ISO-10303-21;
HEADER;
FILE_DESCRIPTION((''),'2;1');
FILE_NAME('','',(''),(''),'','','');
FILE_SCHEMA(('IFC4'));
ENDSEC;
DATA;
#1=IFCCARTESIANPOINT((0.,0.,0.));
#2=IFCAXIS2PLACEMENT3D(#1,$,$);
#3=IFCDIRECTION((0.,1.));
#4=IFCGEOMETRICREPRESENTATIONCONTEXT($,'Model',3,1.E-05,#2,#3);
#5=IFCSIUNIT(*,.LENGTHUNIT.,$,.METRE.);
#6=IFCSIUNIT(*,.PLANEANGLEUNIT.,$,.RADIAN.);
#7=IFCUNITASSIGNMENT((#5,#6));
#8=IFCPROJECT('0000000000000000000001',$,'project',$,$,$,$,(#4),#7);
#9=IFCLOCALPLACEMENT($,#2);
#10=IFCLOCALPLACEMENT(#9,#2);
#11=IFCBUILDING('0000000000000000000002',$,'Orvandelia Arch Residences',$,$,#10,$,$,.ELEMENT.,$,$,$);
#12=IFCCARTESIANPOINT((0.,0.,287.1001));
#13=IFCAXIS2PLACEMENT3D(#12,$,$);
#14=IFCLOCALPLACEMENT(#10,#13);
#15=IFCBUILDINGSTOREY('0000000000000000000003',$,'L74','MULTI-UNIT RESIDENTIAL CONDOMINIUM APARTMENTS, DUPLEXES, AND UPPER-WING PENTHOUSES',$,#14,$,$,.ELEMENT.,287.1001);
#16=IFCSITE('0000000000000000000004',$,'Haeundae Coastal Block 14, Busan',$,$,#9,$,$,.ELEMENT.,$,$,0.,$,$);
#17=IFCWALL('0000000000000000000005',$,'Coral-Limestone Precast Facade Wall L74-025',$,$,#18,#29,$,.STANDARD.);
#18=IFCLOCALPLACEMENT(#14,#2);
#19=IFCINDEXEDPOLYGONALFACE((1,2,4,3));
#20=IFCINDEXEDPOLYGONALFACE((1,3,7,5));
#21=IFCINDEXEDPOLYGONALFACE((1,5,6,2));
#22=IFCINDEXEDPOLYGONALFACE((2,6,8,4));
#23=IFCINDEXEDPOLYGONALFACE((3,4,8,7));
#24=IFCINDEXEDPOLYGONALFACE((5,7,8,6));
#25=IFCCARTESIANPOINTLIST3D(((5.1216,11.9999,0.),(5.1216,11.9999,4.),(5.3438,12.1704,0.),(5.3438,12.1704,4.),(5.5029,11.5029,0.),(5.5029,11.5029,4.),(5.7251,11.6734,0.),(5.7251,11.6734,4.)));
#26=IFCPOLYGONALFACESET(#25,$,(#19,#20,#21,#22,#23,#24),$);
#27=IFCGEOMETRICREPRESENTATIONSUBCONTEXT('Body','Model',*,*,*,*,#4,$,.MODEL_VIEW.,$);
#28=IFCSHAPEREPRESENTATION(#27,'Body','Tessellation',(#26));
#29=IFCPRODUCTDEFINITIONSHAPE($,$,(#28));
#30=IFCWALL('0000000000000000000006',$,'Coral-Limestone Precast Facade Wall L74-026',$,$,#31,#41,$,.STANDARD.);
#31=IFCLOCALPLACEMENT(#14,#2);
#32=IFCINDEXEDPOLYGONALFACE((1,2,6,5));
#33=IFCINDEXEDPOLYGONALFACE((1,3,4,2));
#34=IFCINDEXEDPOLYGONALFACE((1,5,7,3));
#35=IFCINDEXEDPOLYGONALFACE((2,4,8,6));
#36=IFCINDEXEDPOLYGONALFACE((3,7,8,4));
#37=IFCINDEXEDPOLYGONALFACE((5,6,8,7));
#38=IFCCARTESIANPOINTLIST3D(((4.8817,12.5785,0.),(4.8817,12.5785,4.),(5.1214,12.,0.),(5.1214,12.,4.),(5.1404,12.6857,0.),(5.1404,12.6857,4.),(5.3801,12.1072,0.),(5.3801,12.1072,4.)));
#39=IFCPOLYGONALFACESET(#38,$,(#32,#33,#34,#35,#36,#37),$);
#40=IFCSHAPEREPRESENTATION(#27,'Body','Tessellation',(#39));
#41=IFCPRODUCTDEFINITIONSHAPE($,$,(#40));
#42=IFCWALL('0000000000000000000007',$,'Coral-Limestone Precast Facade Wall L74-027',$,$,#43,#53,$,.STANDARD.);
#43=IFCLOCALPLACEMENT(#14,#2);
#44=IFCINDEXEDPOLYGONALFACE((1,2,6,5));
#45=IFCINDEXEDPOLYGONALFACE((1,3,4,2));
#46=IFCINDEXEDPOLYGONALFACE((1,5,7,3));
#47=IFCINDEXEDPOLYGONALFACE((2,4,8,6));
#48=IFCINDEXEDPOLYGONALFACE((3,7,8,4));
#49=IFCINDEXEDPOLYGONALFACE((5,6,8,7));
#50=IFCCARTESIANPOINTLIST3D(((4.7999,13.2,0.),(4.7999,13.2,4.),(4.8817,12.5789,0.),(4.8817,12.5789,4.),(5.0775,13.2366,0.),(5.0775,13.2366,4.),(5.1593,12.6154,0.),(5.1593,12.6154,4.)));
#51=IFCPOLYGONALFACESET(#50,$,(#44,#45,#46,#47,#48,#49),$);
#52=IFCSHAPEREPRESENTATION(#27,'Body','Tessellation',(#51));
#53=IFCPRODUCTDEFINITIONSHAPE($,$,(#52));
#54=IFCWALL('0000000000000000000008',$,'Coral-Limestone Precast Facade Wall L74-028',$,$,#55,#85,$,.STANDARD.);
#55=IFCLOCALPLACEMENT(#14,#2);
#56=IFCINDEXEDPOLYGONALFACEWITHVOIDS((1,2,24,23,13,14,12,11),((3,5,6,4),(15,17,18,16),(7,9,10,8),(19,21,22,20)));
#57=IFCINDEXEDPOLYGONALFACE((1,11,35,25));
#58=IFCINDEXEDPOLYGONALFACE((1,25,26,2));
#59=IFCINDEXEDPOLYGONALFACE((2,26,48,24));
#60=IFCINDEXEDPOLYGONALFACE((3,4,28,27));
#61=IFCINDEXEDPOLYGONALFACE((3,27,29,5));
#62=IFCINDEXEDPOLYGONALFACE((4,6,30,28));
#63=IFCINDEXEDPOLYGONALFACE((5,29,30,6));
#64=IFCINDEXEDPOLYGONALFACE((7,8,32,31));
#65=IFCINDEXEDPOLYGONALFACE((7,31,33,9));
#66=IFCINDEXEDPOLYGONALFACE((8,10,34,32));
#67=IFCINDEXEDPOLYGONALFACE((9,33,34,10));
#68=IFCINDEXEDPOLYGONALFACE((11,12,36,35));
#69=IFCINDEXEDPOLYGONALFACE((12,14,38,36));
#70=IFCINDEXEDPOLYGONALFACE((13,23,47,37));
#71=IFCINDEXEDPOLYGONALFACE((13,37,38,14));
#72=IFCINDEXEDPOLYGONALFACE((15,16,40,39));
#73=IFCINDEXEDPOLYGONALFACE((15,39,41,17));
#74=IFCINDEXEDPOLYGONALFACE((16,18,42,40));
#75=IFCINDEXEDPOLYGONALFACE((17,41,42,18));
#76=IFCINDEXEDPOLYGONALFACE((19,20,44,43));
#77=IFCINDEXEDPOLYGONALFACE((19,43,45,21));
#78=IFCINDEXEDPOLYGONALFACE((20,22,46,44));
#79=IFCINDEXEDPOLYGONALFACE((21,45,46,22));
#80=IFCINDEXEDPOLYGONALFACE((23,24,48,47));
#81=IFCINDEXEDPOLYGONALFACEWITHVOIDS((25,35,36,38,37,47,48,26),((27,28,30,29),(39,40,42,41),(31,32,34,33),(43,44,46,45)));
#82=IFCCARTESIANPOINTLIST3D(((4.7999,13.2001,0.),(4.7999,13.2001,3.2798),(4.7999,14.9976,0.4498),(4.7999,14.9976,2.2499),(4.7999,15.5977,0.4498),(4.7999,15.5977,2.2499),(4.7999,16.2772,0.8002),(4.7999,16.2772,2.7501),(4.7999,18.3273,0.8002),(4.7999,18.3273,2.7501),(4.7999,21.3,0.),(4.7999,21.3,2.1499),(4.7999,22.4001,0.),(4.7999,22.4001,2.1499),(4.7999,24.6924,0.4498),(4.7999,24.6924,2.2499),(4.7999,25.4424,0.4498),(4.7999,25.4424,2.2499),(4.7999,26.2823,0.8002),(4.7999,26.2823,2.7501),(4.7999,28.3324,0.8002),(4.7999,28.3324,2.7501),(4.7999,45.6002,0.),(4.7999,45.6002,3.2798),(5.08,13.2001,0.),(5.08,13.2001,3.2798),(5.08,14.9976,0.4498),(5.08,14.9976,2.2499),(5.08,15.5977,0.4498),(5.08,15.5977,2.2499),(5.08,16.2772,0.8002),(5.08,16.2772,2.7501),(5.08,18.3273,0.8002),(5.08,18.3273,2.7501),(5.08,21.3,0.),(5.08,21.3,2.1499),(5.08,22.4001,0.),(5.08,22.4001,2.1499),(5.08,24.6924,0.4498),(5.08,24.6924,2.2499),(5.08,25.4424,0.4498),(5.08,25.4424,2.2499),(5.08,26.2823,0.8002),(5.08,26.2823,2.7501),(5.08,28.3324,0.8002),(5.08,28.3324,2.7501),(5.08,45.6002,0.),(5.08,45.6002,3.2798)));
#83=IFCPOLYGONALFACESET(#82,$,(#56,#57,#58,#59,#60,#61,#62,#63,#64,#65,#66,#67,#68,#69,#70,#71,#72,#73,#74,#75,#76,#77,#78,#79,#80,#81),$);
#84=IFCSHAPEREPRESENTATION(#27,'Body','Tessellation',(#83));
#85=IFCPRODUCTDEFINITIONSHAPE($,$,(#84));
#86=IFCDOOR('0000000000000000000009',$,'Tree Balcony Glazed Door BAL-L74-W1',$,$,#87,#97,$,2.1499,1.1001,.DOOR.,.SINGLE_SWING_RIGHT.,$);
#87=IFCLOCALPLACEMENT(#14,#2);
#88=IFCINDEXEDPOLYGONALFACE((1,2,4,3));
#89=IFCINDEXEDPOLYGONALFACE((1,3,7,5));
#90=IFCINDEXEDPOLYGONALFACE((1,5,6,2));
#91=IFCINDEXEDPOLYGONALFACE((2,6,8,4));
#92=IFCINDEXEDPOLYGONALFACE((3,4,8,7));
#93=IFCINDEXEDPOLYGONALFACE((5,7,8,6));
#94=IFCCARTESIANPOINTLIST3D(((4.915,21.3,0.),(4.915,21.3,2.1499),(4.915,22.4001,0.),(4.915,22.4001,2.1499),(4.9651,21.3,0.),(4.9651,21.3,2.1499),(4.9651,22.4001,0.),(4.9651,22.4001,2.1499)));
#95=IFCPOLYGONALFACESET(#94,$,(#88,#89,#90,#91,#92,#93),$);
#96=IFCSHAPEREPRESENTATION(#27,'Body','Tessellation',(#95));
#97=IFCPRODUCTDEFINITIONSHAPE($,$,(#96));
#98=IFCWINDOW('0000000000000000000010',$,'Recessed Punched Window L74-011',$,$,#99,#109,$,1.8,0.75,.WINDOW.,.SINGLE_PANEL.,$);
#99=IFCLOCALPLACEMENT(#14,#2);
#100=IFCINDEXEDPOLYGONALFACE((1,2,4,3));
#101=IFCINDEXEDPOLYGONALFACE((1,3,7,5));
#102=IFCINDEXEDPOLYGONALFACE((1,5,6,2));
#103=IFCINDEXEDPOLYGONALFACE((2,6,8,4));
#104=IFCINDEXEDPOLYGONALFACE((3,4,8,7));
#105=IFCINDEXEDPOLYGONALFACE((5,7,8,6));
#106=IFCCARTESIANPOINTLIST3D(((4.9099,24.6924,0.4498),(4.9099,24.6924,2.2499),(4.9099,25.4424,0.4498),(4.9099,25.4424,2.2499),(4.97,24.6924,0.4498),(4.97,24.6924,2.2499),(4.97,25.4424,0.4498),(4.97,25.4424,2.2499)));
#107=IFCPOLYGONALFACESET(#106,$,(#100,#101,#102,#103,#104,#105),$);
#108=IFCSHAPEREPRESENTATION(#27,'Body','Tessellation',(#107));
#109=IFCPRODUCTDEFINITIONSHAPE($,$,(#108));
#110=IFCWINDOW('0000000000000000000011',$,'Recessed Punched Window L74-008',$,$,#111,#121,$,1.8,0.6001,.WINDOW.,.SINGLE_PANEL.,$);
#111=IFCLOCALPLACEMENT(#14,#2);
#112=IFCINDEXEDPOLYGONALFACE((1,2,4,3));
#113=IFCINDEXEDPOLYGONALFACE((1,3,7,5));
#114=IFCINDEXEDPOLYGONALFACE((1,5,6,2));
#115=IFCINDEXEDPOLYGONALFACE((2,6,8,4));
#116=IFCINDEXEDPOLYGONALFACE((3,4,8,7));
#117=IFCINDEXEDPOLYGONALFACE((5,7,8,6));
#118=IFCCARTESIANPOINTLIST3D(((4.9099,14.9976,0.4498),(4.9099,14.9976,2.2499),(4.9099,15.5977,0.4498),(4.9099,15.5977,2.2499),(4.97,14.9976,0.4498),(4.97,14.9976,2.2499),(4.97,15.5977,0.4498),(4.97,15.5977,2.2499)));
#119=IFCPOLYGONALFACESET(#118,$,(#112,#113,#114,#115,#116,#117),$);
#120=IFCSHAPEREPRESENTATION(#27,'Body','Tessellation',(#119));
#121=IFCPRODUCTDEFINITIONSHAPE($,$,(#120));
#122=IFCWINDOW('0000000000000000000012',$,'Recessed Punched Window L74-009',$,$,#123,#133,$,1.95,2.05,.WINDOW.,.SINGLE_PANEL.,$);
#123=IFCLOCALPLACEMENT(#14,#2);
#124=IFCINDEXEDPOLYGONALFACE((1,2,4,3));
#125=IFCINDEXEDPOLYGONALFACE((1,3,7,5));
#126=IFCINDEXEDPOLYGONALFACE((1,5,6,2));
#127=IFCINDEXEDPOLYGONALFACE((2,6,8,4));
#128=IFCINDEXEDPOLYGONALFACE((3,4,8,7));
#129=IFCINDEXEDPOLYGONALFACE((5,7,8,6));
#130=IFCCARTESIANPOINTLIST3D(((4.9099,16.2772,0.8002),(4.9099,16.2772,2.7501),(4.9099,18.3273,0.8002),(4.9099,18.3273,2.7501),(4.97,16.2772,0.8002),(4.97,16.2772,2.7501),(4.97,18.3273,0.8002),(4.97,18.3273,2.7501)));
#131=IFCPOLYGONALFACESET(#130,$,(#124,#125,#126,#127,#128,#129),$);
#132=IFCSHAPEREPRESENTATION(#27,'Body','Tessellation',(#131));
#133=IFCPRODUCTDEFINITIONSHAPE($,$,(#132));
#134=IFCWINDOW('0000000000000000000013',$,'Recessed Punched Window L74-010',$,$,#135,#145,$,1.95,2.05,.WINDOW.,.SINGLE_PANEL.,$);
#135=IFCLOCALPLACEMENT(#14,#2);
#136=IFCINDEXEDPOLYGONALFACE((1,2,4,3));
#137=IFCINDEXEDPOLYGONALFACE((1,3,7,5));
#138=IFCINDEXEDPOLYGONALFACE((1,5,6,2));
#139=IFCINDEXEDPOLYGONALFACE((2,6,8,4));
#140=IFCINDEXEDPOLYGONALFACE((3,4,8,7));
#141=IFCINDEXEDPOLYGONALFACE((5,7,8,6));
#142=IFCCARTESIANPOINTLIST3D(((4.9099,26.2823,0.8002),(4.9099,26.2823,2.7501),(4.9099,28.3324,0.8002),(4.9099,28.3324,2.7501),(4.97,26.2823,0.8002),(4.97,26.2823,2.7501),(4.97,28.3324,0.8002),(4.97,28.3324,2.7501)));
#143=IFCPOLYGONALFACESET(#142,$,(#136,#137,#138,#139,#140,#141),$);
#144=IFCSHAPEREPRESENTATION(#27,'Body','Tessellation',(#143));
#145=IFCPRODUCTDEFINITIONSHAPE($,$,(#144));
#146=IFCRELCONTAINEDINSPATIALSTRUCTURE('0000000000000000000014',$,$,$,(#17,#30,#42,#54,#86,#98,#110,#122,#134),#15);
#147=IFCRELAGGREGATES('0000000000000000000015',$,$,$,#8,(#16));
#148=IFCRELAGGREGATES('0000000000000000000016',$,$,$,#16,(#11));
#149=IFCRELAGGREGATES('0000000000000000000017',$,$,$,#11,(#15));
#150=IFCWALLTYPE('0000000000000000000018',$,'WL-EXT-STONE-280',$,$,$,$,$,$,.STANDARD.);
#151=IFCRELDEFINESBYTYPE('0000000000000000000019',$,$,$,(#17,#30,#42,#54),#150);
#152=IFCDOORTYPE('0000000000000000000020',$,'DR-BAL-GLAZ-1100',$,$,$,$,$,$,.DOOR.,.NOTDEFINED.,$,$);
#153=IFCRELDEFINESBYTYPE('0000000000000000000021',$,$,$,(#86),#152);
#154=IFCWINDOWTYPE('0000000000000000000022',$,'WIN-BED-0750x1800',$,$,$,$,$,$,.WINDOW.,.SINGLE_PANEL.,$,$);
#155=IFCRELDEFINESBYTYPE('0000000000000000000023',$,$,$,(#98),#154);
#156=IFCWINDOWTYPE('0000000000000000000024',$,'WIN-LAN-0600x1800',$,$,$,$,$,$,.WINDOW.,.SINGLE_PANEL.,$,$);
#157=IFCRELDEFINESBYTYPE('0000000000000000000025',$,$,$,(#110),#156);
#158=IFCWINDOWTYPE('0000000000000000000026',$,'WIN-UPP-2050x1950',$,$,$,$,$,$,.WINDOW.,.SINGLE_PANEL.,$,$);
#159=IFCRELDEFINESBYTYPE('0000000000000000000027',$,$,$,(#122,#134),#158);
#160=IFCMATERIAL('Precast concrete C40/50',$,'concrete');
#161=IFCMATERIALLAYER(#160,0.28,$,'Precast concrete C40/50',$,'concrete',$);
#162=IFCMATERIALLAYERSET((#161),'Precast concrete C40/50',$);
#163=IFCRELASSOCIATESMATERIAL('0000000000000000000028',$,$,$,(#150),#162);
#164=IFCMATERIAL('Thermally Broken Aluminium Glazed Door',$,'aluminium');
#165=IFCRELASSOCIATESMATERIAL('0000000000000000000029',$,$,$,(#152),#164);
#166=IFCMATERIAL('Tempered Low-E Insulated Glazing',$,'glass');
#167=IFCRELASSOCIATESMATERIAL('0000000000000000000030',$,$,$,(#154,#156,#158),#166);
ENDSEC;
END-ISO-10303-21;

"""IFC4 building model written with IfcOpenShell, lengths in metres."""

from ifc_helpers import new_model, si_unit, direction, frame, frame_2d, origin, place, context, subcontext, project, spatial, rectangle, extrude, material, layer, layer_set, type_object, element, fill, save


model = new_model("IFC4")

# Units and contexts
model_context = context("Model", 3, precision=1e-05, world=origin(), true_north=direction((0.0, 1.0)))
body_context = subcontext(model_context, "Body", "Model", "MODEL_VIEW")
ifc_project = project(units=[si_unit("LENGTHUNIT", "METRE"), si_unit("PLANEANGLEUNIT", "RADIAN")], contexts=[model_context])

# Site, building, storey
site_placement = place(None, origin())
site = spatial("IfcSite", under=ifc_project, at=site_placement, Name="Haeundae Coastal Block 14, Busan", CompositionType="ELEMENT", RefElevation=0.0)
building_placement = place(site_placement, origin())
building = spatial("IfcBuilding", under=site, at=building_placement, Name="Orvandelia Arch Residences", CompositionType="ELEMENT")
storey_placement = place(building_placement, frame((0.0, 0.0, 287.1001)))
storey = spatial("IfcBuildingStorey", under=building, at=storey_placement, Name="L74", Description="MULTI-UNIT RESIDENTIAL CONDOMINIUM APARTMENTS, DUPLEXES, AND UPPER-WING PENTHOUSES", CompositionType="ELEMENT", Elevation=287.1001)

# Shared definitions
ifc_material_1 = material(Name="Precast concrete C40/50", Category="concrete")

# Walls
ifc_layer_1 = layer(ifc_material_1, 0.28, Name="Precast concrete C40/50", Category="concrete")
ifc_layer_set_1 = layer_set([ifc_layer_1], Name="Precast concrete C40/50")
wall_type_1 = type_object("IfcWallType", Name="WL-EXT-STONE-280", PredefinedType="STANDARD", material=ifc_layer_set_1)
for number, where, z_axis, x_axis, name in (
    (1, (5.614, 11.5881, 0.0), (0.0, 0.0, 1.0), (-0.608693, 0.793406, 0.0), "Coral-Limestone Precast Facade Wall L74-025"),
):
    element("IfcWall", number, at=place(storey_placement, frame(where, z_axis=z_axis, x_axis=x_axis)), inside=storey, type_object=wall_type_1, Name=name, PredefinedType="STANDARD", context=body_context, shape_type="SweptSolid", body=[
        extrude(rectangle(XDim=0.6265, YDim=0.28, at=frame_2d((0.3132, 0.0))), origin(), (0.0, 0.0, 1.0), 4.0),
    ])
wall_1_placement = place(storey_placement, frame((5.2507, 12.0537, 0.0), z_axis=(0.0, 0.0, 1.0), x_axis=(-0.382788, 0.923836, 0.0)))
element("IfcWall", 2, at=wall_1_placement, inside=storey, type_object=wall_type_1, Name="Coral-Limestone Precast Facade Wall L74-026", PredefinedType="STANDARD", context=body_context, shape_type="SweptSolid", body=[
    extrude(rectangle(XDim=0.6262, YDim=0.28, at=frame_2d((0.313, 0.0))), origin(), (0.0, 0.0, 1.0), 4.0),
])
wall_2_placement = place(storey_placement, frame((5.0205, 12.5972, 0.0), z_axis=(0.0, 0.0, 1.0), x_axis=(-0.130555, 0.991441, 0.0)))
element("IfcWall", 3, at=wall_2_placement, inside=storey, type_object=wall_type_1, Name="Coral-Limestone Precast Facade Wall L74-027", PredefinedType="STANDARD", context=body_context, shape_type="SweptSolid", body=[
    extrude(rectangle(XDim=0.6265, YDim=0.28, at=frame_2d((0.3132, 0.0))), origin(), (0.0, 0.0, 1.0), 4.0),
])

# Wall, openings, door, windows
wall_3_placement = place(storey_placement, frame((4.9399, 13.2, 0.0), z_axis=(0.0, 0.0, 1.0), x_axis=(0.0, 1.0, 0.0)))
wall_3 = element("IfcWall", 4, at=wall_3_placement, inside=storey, type_object=wall_type_1, Name="Coral-Limestone Precast Facade Wall L74-028", PredefinedType="STANDARD", context=body_context, shape_type="SweptSolid", body=[
    extrude(rectangle(XDim=32.4001, YDim=0.28, at=frame_2d((16.2002, 0.0))), origin(), (0.0, 0.0, 1.0), 3.2798),
])
opening_1_placement = place(wall_3_placement, frame((8.1001, 0.0, 0.0)))
opening_1 = element("IfcOpeningElement", 5, at=opening_1_placement, cuts=wall_3, PredefinedType="OPENING", context=body_context, shape_type="SweptSolid", body=[
    extrude(rectangle(XDim=1.1001, YDim=2.1499, at=frame_2d((0.55, 1.075))), frame((0.0, 0.1499, 0.0), z_axis=(0.0, -1.0, 0.0), x_axis=(1.0, 0.0, 0.0)), (0.0, 0.0, 1.0), 0.3),
])
opening_2_placement = place(wall_3_placement, frame((1.7976, 0.0, 0.45)))
opening_2 = element("IfcOpeningElement", 6, at=opening_2_placement, cuts=wall_3, PredefinedType="OPENING", context=body_context, shape_type="SweptSolid", body=[
    extrude(rectangle(XDim=0.6001, YDim=1.8, at=frame_2d((0.3, 0.8999))), frame((0.0, 0.1499, 0.0), z_axis=(0.0, -1.0, 0.0), x_axis=(1.0, 0.0, 0.0)), (0.0, 0.0, 1.0), 0.3),
])
opening_3_placement = place(wall_3_placement, frame((3.0774, 0.0, 0.8)))
opening_3 = element("IfcOpeningElement", 7, at=opening_3_placement, cuts=wall_3, PredefinedType="OPENING", context=body_context, shape_type="SweptSolid", body=[
    extrude(rectangle(XDim=2.05, YDim=1.95, at=frame_2d((1.0249, 0.9751))), frame((0.0, 0.1499, 0.0), z_axis=(0.0, -1.0, 0.0), x_axis=(1.0, 0.0, 0.0)), (0.0, 0.0, 1.0), 0.3),
])
opening_4_placement = place(wall_3_placement, frame((13.0825, 0.0, 0.8)))
opening_4 = element("IfcOpeningElement", 8, at=opening_4_placement, cuts=wall_3, PredefinedType="OPENING", context=body_context, shape_type="SweptSolid", body=[
    extrude(rectangle(XDim=2.05, YDim=1.95, at=frame_2d((1.0249, 0.9751))), frame((0.0, 0.1499, 0.0), z_axis=(0.0, -1.0, 0.0), x_axis=(1.0, 0.0, 0.0)), (0.0, 0.0, 1.0), 0.3),
])
opening_5_placement = place(wall_3_placement, frame((11.4924, 0.0, 0.45)))
opening_5 = element("IfcOpeningElement", 9, at=opening_5_placement, cuts=wall_3, PredefinedType="OPENING", context=body_context, shape_type="SweptSolid", body=[
    extrude(rectangle(XDim=0.75, YDim=1.8, at=frame_2d((0.375, 0.8999))), frame((0.0, 0.1499, 0.0), z_axis=(0.0, -1.0, 0.0), x_axis=(1.0, 0.0, 0.0)), (0.0, 0.0, 1.0), 0.3),
])
ifc_material_2 = material(Name="Thermally Broken Aluminium Glazed Door", Category="aluminium")
door_type_1 = type_object("IfcDoorType", Name="DR-BAL-GLAZ-1100", OperationType="NOTDEFINED", PredefinedType="DOOR", material=ifc_material_2)
door_1_placement = place(opening_1_placement, origin())
door_1 = element("IfcDoor", 10, at=door_1_placement, inside=storey, type_object=door_type_1, Name="Tree Balcony Glazed Door BAL-L74-W1", OperationType="SINGLE_SWING_RIGHT", OverallHeight=2.1499, OverallWidth=1.1001, PredefinedType="DOOR", context=body_context, shape_type="SweptSolid", body=[
    extrude(rectangle(XDim=1.1001, YDim=2.1499, at=frame_2d((0.55, 1.075))), frame((0.0, 0.0249, 0.0), z_axis=(0.0, -1.0, 0.0), x_axis=(1.0, 0.0, 0.0)), (0.0, 0.0, 1.0), 0.05),
])
fill(opening_1, door_1)
ifc_material_3 = material(Name="Tempered Low-E Insulated Glazing", Category="glass")
window_type_1 = type_object("IfcWindowType", Name="WIN-BED-0750x1800", PartitioningType="SINGLE_PANEL", PredefinedType="WINDOW", material=ifc_material_3)
window_1_placement = place(opening_5_placement, origin())
window_1 = element("IfcWindow", 11, at=window_1_placement, inside=storey, type_object=window_type_1, Name="Recessed Punched Window L74-011", OverallHeight=1.8, OverallWidth=0.75, PartitioningType="SINGLE_PANEL", PredefinedType="WINDOW", context=body_context, shape_type="SweptSolid", body=[
    extrude(rectangle(XDim=0.75, YDim=1.8, at=frame_2d((0.375, 0.8999))), frame((0.0, 0.03, 0.0), z_axis=(0.0, -1.0, 0.0), x_axis=(1.0, 0.0, 0.0)), (0.0, 0.0, 1.0), 0.0601),
])
fill(opening_5, window_1)
window_type_2 = type_object("IfcWindowType", Name="WIN-LAN-0600x1800", PartitioningType="SINGLE_PANEL", PredefinedType="WINDOW", material=ifc_material_3)
window_2_placement = place(opening_2_placement, origin())
window_2 = element("IfcWindow", 12, at=window_2_placement, inside=storey, type_object=window_type_2, Name="Recessed Punched Window L74-008", OverallHeight=1.8, OverallWidth=0.6001, PartitioningType="SINGLE_PANEL", PredefinedType="WINDOW", context=body_context, shape_type="SweptSolid", body=[
    extrude(rectangle(XDim=0.6001, YDim=1.8, at=frame_2d((0.3, 0.8999))), frame((0.0, 0.03, 0.0), z_axis=(0.0, -1.0, 0.0), x_axis=(1.0, 0.0, 0.0)), (0.0, 0.0, 1.0), 0.0601),
])
fill(opening_2, window_2)
window_type_3 = type_object("IfcWindowType", Name="WIN-UPP-2050x1950", PartitioningType="SINGLE_PANEL", PredefinedType="WINDOW", material=ifc_material_3)
window_3_placement = place(opening_3_placement, origin())
window_3 = element("IfcWindow", 13, at=window_3_placement, inside=storey, type_object=window_type_3, Name="Recessed Punched Window L74-009", OverallHeight=1.95, OverallWidth=2.05, PartitioningType="SINGLE_PANEL", PredefinedType="WINDOW", context=body_context, shape_type="SweptSolid", body=[
    extrude(rectangle(XDim=2.05, YDim=1.95, at=frame_2d((1.0249, 0.9751))), frame((0.0, 0.03, 0.0), z_axis=(0.0, -1.0, 0.0), x_axis=(1.0, 0.0, 0.0)), (0.0, 0.0, 1.0), 0.0601),
])
fill(opening_3, window_3)
window_4_placement = place(opening_4_placement, origin())
window_4 = element("IfcWindow", 14, at=window_4_placement, inside=storey, type_object=window_type_3, Name="Recessed Punched Window L74-010", OverallHeight=1.95, OverallWidth=2.05, PartitioningType="SINGLE_PANEL", PredefinedType="WINDOW", context=body_context, shape_type="SweptSolid", body=[
    extrude(rectangle(XDim=2.05, YDim=1.95, at=frame_2d((1.0249, 0.9751))), frame((0.0, 0.03, 0.0), z_axis=(0.0, -1.0, 0.0), x_axis=(1.0, 0.0, 0.0)), (0.0, 0.0, 1.0), 0.0601),
])
fill(opening_4, window_4)

save(model, "model.ifc")
